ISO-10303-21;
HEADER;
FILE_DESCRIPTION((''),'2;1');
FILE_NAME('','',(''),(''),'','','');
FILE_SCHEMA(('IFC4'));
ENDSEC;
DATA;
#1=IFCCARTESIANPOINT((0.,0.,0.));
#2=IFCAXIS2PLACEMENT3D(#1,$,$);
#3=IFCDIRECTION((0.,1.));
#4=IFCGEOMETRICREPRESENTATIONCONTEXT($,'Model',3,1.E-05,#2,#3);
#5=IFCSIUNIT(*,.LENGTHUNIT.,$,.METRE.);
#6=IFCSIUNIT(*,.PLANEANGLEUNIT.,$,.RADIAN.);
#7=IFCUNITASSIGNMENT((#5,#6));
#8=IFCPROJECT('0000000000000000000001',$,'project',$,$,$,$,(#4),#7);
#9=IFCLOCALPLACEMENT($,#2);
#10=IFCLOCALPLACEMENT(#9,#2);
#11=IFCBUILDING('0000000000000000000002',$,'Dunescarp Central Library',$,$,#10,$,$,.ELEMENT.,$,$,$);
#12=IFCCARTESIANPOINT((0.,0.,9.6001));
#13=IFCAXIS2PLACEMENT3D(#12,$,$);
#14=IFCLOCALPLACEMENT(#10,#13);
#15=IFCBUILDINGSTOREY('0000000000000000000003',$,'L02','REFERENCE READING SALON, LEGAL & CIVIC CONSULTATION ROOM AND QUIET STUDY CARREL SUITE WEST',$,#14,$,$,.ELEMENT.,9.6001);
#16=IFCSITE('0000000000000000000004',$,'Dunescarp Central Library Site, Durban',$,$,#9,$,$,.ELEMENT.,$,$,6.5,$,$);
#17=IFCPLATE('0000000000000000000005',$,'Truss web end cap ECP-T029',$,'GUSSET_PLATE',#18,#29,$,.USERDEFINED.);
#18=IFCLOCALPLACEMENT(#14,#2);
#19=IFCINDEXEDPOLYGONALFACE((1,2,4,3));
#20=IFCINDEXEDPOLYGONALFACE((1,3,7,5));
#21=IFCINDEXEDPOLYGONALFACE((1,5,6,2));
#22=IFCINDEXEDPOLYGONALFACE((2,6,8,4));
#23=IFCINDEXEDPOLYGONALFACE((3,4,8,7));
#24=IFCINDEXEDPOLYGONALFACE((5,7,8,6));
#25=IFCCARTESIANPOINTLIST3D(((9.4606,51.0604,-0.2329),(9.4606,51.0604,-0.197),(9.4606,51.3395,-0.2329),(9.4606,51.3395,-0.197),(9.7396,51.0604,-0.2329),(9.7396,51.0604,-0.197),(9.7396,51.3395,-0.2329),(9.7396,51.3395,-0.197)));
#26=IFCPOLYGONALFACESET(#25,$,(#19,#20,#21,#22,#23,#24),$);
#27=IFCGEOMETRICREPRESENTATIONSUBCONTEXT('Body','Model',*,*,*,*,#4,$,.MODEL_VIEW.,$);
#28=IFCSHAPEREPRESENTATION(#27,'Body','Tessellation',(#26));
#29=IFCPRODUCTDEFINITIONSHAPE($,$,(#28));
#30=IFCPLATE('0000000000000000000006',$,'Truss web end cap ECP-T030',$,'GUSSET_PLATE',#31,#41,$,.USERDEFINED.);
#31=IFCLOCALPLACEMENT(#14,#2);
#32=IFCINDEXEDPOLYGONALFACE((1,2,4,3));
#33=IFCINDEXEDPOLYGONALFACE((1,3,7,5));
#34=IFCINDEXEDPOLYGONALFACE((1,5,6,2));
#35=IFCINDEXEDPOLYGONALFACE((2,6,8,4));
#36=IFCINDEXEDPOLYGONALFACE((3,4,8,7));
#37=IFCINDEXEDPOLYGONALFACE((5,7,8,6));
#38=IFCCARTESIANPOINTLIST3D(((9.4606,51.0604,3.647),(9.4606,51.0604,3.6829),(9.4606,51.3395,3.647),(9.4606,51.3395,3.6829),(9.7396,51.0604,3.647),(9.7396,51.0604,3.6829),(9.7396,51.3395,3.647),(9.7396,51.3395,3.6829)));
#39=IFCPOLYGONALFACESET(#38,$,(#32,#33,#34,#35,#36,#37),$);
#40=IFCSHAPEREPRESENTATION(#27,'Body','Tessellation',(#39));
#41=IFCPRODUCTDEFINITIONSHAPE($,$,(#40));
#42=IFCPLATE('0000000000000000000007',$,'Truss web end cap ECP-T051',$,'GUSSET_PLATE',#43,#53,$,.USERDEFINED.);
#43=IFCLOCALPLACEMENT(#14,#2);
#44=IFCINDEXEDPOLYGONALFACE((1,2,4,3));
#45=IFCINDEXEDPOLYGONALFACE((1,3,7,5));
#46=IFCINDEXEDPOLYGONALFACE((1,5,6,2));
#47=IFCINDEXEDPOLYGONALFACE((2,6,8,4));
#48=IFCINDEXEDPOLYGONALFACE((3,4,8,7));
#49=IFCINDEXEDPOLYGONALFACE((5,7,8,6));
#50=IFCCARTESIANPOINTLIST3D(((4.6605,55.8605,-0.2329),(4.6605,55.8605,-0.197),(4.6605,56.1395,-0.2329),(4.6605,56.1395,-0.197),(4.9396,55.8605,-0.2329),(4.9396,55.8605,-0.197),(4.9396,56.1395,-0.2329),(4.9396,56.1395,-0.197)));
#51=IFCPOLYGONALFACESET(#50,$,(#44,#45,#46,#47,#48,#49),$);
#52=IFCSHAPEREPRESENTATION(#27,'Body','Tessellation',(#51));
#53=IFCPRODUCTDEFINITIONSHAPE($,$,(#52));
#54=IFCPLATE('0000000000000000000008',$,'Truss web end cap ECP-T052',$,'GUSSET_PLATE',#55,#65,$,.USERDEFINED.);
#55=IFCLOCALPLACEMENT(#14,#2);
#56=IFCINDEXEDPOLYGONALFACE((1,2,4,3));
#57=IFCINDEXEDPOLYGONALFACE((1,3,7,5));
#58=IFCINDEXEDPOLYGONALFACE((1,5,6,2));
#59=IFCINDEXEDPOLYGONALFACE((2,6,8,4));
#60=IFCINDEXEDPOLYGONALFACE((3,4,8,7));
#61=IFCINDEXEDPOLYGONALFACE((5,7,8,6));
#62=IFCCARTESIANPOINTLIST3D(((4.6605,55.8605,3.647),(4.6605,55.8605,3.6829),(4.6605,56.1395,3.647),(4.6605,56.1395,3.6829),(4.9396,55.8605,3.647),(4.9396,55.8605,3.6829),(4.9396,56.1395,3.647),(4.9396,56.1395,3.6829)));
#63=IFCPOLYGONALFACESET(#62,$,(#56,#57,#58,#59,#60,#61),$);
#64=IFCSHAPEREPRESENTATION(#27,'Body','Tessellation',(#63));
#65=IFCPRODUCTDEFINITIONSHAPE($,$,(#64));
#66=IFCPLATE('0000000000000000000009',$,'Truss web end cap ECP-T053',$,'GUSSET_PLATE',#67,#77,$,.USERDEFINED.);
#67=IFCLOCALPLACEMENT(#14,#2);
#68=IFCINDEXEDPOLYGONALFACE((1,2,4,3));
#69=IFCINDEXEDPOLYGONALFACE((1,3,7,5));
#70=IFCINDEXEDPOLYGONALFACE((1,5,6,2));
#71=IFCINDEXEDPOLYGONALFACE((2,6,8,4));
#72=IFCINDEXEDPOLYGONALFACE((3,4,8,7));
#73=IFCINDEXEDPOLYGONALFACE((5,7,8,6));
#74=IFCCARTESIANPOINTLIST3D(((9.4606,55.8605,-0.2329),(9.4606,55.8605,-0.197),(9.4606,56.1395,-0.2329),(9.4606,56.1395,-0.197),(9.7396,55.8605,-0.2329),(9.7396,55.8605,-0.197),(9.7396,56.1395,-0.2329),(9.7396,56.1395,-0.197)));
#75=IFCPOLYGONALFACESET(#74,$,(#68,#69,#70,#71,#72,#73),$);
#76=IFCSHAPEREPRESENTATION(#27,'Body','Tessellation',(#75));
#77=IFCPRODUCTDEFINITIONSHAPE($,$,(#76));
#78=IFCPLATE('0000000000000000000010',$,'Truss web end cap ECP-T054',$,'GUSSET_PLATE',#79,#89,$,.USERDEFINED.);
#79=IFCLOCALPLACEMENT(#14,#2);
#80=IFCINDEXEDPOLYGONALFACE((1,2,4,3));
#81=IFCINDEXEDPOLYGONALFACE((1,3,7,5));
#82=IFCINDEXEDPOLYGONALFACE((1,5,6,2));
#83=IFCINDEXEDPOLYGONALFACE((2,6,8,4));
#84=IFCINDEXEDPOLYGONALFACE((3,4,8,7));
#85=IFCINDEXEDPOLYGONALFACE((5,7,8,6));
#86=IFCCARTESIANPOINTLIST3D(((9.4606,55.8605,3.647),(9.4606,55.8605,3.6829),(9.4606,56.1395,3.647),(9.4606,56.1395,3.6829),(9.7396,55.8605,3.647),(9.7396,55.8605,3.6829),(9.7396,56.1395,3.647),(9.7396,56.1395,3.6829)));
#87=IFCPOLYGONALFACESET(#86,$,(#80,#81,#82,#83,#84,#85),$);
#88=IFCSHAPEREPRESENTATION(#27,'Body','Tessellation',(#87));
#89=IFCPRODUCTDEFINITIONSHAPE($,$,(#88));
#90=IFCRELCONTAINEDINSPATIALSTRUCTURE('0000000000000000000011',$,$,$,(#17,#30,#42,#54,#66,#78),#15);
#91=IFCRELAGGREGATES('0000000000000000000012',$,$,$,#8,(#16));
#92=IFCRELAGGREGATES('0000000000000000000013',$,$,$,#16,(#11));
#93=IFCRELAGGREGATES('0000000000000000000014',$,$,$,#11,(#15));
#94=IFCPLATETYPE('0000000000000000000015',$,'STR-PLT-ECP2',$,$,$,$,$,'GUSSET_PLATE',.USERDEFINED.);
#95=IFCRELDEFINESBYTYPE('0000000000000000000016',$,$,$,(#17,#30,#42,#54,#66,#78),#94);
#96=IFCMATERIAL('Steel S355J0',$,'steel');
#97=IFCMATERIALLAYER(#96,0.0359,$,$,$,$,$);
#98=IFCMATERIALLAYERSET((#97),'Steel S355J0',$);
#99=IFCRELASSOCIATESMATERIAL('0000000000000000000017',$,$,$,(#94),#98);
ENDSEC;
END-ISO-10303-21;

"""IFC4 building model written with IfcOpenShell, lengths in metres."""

from ifc_helpers import new_model, si_unit, direction, frame, origin, origin_2d, place, context, subcontext, project, spatial, rectangle, extrude, material, layer, layer_set, type_object, element, save


model = new_model("IFC4")

# Units and contexts
model_context = context("Model", 3, precision=1e-05, world=origin(), true_north=direction((0.0, 1.0)))
body_context = subcontext(model_context, "Body", "Model", "MODEL_VIEW")
ifc_project = project(units=[si_unit("LENGTHUNIT", "METRE"), si_unit("PLANEANGLEUNIT", "RADIAN")], contexts=[model_context])

# Site, building, storey
site_placement = place(None, origin())
site = spatial("IfcSite", under=ifc_project, at=site_placement, Name="Dunescarp Central Library Site, Durban", CompositionType="ELEMENT", RefElevation=6.5)
building_placement = place(site_placement, origin())
building = spatial("IfcBuilding", under=site, at=building_placement, Name="Dunescarp Central Library", CompositionType="ELEMENT")
storey_placement = place(building_placement, frame((0.0, 0.0, 9.6001)))
storey = spatial("IfcBuildingStorey", under=building, at=storey_placement, Name="L02", Description="REFERENCE READING SALON, LEGAL & CIVIC CONSULTATION ROOM AND QUIET STUDY CARREL SUITE WEST", CompositionType="ELEMENT", Elevation=9.6001)

# Shared definitions
ifc_material_1 = material(Name="Steel S355J0", Category="steel")

# Plates
ifc_layer_1 = layer(ifc_material_1, 0.0359)
ifc_layer_set_1 = layer_set([ifc_layer_1], Name="Steel S355J0")
plate_type_1 = type_object("IfcPlateType", Name="STR-PLT-ECP2", ElementType="GUSSET_PLATE", PredefinedType="USERDEFINED", material=ifc_layer_set_1)
for number, where, z_axis, x_axis, name in (
    (1, (9.6001, 51.2, -0.2329), (0.0, 0.0, 1.0), (1.0, 0.0, 0.0), "Truss web end cap ECP-T029"),
    (2, (9.6001, 51.2, 3.647), (0.0, 0.0, 1.0), (1.0, 0.0, 0.0), "Truss web end cap ECP-T030"),
    (3, (4.8, 56.0, -0.2329), (0.0, 0.0, 1.0), (1.0, 0.0, 0.0), "Truss web end cap ECP-T051"),
    (4, (4.8, 56.0, 3.647), (0.0, 0.0, 1.0), (1.0, 0.0, 0.0), "Truss web end cap ECP-T052"),
    (5, (9.6001, 56.0, -0.2329), (0.0, 0.0, 1.0), (1.0, 0.0, 0.0), "Truss web end cap ECP-T053"),
    (6, (9.6001, 56.0, 3.647), (0.0, 0.0, 1.0), (1.0, 0.0, 0.0), "Truss web end cap ECP-T054"),
):
    element("IfcPlate", number, at=place(storey_placement, frame(where, z_axis=z_axis, x_axis=x_axis)), inside=storey, type_object=plate_type_1, Name=name, ObjectType="GUSSET_PLATE", PredefinedType="USERDEFINED", context=body_context, shape_type="SweptSolid", body=[
        extrude(rectangle(XDim=0.2791, YDim=0.2791, at=origin_2d()), origin(), (0.0, 0.0, 1.0), 0.0359),
    ])

save(model, "model.ifc")
